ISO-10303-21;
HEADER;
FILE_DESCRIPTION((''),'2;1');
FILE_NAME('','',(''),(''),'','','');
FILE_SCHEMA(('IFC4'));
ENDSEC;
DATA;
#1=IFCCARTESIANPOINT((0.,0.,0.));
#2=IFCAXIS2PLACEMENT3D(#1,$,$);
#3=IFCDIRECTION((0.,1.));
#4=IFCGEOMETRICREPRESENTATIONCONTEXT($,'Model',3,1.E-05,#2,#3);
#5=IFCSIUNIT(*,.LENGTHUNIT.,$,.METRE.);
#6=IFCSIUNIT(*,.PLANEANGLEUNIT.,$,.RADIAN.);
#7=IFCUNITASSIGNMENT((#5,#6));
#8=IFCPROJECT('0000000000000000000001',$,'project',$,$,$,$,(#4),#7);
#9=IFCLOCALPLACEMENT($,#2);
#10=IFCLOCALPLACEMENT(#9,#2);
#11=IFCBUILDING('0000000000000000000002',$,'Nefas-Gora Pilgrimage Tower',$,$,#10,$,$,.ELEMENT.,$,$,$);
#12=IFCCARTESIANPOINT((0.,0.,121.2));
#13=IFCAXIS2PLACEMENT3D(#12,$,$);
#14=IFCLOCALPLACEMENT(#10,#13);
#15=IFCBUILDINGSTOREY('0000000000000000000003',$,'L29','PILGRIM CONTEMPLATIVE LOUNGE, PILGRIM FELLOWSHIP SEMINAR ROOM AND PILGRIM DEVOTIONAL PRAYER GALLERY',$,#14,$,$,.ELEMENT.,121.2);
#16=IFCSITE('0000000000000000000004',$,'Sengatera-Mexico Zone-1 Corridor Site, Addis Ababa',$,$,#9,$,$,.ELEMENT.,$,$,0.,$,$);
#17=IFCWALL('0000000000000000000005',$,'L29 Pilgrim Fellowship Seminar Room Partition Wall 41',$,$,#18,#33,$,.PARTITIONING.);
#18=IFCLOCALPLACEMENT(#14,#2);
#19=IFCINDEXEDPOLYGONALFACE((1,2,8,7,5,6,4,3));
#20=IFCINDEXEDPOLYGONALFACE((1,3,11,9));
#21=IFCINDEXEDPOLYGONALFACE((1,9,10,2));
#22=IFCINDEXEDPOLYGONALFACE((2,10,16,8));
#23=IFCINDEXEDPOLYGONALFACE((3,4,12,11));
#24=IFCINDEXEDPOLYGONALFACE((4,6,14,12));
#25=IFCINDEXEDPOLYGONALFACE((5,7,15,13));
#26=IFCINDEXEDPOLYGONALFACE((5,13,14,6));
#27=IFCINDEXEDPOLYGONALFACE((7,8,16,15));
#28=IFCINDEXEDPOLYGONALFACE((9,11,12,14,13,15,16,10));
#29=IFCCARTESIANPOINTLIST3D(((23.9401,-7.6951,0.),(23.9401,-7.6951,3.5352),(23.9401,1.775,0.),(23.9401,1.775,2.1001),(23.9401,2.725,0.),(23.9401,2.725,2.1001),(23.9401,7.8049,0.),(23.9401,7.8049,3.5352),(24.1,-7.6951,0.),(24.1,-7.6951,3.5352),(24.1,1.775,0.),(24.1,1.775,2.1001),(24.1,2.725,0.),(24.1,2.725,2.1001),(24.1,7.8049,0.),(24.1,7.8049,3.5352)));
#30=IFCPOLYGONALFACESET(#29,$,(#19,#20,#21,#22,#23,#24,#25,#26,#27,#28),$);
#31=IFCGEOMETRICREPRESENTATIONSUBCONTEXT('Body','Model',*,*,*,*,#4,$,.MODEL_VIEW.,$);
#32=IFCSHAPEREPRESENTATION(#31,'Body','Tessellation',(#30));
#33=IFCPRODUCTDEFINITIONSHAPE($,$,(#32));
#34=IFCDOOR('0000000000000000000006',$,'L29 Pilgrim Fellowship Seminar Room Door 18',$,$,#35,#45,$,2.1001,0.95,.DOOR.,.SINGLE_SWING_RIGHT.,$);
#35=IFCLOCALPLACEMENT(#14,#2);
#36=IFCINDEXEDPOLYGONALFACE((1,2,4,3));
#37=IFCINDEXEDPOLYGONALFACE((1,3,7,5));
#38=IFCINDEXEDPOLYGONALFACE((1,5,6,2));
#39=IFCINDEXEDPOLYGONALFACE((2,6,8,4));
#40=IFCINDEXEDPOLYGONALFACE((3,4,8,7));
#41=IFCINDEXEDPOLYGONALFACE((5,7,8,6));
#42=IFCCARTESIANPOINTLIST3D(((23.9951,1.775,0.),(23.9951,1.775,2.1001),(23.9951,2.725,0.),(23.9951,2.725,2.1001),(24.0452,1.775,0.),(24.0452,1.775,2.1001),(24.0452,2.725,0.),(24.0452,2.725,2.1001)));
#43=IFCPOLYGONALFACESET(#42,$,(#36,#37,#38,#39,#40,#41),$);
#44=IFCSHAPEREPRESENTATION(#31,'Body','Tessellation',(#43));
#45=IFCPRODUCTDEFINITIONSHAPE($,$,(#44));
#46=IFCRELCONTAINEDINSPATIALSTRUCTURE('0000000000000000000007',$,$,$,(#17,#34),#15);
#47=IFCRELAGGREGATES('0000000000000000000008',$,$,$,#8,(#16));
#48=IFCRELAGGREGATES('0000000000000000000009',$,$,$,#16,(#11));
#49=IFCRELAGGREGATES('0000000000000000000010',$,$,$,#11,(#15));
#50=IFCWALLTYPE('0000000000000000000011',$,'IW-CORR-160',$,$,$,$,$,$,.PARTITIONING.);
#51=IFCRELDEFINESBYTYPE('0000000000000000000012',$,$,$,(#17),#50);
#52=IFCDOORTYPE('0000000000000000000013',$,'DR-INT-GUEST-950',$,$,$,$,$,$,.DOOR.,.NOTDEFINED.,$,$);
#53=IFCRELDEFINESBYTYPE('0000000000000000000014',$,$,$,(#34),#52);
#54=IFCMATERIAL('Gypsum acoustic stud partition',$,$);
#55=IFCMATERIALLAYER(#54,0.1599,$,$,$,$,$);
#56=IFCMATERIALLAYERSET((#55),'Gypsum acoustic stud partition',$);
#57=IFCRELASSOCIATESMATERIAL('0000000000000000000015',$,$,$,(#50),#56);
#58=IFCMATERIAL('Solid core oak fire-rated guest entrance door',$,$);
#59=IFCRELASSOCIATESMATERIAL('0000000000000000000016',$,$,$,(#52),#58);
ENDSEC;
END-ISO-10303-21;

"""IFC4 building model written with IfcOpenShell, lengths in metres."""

from ifc_helpers import new_model, si_unit, direction, frame, frame_2d, origin, place, context, subcontext, project, spatial, rectangle, extrude, source, transform, mapped, material, layer, layer_set, type_object, element, fill, save


model = new_model("IFC4")

# Units and contexts
model_context = context("Model", 3, precision=1e-05, world=origin(), true_north=direction((0.0, 1.0)))
body_context = subcontext(model_context, "Body", "Model", "MODEL_VIEW")
ifc_project = project(units=[si_unit("LENGTHUNIT", "METRE"), si_unit("PLANEANGLEUNIT", "RADIAN")], contexts=[model_context])

# Site, building, storey
site_placement = place(None, origin())
site = spatial("IfcSite", under=ifc_project, at=site_placement, Name="Sengatera-Mexico Zone-1 Corridor Site, Addis Ababa", CompositionType="ELEMENT", RefElevation=0.0)
building_placement = place(site_placement, origin())
building = spatial("IfcBuilding", under=site, at=building_placement, Name="Nefas-Gora Pilgrimage Tower", CompositionType="ELEMENT")
storey_placement = place(building_placement, frame((0.0, 0.0, 121.2)))
storey = spatial("IfcBuildingStorey", under=building, at=storey_placement, Name="L29", Description="PILGRIM CONTEMPLATIVE LOUNGE, PILGRIM FELLOWSHIP SEMINAR ROOM AND PILGRIM DEVOTIONAL PRAYER GALLERY", CompositionType="ELEMENT", Elevation=121.2)

# Wall, opening, door
ifc_material_1 = material(Name="Gypsum acoustic stud partition")
ifc_layer_1 = layer(ifc_material_1, 0.1599)
ifc_layer_set_1 = layer_set([ifc_layer_1], Name="Gypsum acoustic stud partition")
wall_type_1 = type_object("IfcWallType", Name="IW-CORR-160", PredefinedType="PARTITIONING", material=ifc_layer_set_1)
shared_shape_1 = source(origin(), body_context, "Body", "SweptSolid", [
    extrude(rectangle(XDim=15.5, YDim=0.1599, at=frame_2d((7.75, 0.0))), origin(), (0.0, 0.0, 1.0), 3.5352),
])
wall_1_placement = place(storey_placement, frame((24.02, -7.6951, 0.0), z_axis=(0.0, 0.0, 1.0), x_axis=(0.0, 1.0, 0.0)))
wall_1 = element("IfcWall", 1, at=wall_1_placement, inside=storey, type_object=wall_type_1, Name="L29 Pilgrim Fellowship Seminar Room Partition Wall 41", PredefinedType="PARTITIONING", context=body_context, shape_type="MappedRepresentation", body=[
    mapped(shared_shape_1, transform((0.0, 0.0, 0.0), x_axis=(1.0, 0.0, 0.0), y_axis=(0.0, 1.0, 0.0), z_axis=(0.0, 0.0, 1.0), scale=1.0)),
])
opening_1_placement = place(wall_1_placement, frame((9.47, 0.0, 0.0)))
opening_1 = element("IfcOpeningElement", 2, at=opening_1_placement, cuts=wall_1, PredefinedType="OPENING", context=body_context, shape_type="SweptSolid", body=[
    extrude(rectangle(XDim=0.95, YDim=2.1001, at=frame_2d((0.4751, 1.05))), frame((0.0, 0.0898, 0.0), z_axis=(0.0, -1.0, 0.0), x_axis=(1.0, 0.0, 0.0)), (0.0, 0.0, 1.0), 0.1799),
])
ifc_material_2 = material(Name="Solid core oak fire-rated guest entrance door")
door_type = type_object("IfcDoorType", Name="DR-INT-GUEST-950", OperationType="NOTDEFINED", PredefinedType="DOOR", material=ifc_material_2)
shared_shape_2 = source(origin(), body_context, "Body", "SweptSolid", [
    extrude(rectangle(XDim=0.95, YDim=2.1001, at=frame_2d((0.4751, 1.05))), frame((0.0, 0.0249, 0.0), z_axis=(0.0, -1.0, 0.0), x_axis=(1.0, 0.0, 0.0)), (0.0, 0.0, 1.0), 0.05),
])
door_placement = place(opening_1_placement, origin())
door = element("IfcDoor", 3, at=door_placement, inside=storey, type_object=door_type, Name="L29 Pilgrim Fellowship Seminar Room Door 18", OperationType="SINGLE_SWING_RIGHT", OverallHeight=2.1001, OverallWidth=0.95, PredefinedType="DOOR", context=body_context, shape_type="MappedRepresentation", body=[
    mapped(shared_shape_2, transform((0.0, 0.0, 0.0), x_axis=(1.0, 0.0, 0.0), y_axis=(0.0, 1.0, 0.0), z_axis=(0.0, 0.0, 1.0), scale=1.0)),
])
fill(opening_1, door)

save(model, "model.ifc")
